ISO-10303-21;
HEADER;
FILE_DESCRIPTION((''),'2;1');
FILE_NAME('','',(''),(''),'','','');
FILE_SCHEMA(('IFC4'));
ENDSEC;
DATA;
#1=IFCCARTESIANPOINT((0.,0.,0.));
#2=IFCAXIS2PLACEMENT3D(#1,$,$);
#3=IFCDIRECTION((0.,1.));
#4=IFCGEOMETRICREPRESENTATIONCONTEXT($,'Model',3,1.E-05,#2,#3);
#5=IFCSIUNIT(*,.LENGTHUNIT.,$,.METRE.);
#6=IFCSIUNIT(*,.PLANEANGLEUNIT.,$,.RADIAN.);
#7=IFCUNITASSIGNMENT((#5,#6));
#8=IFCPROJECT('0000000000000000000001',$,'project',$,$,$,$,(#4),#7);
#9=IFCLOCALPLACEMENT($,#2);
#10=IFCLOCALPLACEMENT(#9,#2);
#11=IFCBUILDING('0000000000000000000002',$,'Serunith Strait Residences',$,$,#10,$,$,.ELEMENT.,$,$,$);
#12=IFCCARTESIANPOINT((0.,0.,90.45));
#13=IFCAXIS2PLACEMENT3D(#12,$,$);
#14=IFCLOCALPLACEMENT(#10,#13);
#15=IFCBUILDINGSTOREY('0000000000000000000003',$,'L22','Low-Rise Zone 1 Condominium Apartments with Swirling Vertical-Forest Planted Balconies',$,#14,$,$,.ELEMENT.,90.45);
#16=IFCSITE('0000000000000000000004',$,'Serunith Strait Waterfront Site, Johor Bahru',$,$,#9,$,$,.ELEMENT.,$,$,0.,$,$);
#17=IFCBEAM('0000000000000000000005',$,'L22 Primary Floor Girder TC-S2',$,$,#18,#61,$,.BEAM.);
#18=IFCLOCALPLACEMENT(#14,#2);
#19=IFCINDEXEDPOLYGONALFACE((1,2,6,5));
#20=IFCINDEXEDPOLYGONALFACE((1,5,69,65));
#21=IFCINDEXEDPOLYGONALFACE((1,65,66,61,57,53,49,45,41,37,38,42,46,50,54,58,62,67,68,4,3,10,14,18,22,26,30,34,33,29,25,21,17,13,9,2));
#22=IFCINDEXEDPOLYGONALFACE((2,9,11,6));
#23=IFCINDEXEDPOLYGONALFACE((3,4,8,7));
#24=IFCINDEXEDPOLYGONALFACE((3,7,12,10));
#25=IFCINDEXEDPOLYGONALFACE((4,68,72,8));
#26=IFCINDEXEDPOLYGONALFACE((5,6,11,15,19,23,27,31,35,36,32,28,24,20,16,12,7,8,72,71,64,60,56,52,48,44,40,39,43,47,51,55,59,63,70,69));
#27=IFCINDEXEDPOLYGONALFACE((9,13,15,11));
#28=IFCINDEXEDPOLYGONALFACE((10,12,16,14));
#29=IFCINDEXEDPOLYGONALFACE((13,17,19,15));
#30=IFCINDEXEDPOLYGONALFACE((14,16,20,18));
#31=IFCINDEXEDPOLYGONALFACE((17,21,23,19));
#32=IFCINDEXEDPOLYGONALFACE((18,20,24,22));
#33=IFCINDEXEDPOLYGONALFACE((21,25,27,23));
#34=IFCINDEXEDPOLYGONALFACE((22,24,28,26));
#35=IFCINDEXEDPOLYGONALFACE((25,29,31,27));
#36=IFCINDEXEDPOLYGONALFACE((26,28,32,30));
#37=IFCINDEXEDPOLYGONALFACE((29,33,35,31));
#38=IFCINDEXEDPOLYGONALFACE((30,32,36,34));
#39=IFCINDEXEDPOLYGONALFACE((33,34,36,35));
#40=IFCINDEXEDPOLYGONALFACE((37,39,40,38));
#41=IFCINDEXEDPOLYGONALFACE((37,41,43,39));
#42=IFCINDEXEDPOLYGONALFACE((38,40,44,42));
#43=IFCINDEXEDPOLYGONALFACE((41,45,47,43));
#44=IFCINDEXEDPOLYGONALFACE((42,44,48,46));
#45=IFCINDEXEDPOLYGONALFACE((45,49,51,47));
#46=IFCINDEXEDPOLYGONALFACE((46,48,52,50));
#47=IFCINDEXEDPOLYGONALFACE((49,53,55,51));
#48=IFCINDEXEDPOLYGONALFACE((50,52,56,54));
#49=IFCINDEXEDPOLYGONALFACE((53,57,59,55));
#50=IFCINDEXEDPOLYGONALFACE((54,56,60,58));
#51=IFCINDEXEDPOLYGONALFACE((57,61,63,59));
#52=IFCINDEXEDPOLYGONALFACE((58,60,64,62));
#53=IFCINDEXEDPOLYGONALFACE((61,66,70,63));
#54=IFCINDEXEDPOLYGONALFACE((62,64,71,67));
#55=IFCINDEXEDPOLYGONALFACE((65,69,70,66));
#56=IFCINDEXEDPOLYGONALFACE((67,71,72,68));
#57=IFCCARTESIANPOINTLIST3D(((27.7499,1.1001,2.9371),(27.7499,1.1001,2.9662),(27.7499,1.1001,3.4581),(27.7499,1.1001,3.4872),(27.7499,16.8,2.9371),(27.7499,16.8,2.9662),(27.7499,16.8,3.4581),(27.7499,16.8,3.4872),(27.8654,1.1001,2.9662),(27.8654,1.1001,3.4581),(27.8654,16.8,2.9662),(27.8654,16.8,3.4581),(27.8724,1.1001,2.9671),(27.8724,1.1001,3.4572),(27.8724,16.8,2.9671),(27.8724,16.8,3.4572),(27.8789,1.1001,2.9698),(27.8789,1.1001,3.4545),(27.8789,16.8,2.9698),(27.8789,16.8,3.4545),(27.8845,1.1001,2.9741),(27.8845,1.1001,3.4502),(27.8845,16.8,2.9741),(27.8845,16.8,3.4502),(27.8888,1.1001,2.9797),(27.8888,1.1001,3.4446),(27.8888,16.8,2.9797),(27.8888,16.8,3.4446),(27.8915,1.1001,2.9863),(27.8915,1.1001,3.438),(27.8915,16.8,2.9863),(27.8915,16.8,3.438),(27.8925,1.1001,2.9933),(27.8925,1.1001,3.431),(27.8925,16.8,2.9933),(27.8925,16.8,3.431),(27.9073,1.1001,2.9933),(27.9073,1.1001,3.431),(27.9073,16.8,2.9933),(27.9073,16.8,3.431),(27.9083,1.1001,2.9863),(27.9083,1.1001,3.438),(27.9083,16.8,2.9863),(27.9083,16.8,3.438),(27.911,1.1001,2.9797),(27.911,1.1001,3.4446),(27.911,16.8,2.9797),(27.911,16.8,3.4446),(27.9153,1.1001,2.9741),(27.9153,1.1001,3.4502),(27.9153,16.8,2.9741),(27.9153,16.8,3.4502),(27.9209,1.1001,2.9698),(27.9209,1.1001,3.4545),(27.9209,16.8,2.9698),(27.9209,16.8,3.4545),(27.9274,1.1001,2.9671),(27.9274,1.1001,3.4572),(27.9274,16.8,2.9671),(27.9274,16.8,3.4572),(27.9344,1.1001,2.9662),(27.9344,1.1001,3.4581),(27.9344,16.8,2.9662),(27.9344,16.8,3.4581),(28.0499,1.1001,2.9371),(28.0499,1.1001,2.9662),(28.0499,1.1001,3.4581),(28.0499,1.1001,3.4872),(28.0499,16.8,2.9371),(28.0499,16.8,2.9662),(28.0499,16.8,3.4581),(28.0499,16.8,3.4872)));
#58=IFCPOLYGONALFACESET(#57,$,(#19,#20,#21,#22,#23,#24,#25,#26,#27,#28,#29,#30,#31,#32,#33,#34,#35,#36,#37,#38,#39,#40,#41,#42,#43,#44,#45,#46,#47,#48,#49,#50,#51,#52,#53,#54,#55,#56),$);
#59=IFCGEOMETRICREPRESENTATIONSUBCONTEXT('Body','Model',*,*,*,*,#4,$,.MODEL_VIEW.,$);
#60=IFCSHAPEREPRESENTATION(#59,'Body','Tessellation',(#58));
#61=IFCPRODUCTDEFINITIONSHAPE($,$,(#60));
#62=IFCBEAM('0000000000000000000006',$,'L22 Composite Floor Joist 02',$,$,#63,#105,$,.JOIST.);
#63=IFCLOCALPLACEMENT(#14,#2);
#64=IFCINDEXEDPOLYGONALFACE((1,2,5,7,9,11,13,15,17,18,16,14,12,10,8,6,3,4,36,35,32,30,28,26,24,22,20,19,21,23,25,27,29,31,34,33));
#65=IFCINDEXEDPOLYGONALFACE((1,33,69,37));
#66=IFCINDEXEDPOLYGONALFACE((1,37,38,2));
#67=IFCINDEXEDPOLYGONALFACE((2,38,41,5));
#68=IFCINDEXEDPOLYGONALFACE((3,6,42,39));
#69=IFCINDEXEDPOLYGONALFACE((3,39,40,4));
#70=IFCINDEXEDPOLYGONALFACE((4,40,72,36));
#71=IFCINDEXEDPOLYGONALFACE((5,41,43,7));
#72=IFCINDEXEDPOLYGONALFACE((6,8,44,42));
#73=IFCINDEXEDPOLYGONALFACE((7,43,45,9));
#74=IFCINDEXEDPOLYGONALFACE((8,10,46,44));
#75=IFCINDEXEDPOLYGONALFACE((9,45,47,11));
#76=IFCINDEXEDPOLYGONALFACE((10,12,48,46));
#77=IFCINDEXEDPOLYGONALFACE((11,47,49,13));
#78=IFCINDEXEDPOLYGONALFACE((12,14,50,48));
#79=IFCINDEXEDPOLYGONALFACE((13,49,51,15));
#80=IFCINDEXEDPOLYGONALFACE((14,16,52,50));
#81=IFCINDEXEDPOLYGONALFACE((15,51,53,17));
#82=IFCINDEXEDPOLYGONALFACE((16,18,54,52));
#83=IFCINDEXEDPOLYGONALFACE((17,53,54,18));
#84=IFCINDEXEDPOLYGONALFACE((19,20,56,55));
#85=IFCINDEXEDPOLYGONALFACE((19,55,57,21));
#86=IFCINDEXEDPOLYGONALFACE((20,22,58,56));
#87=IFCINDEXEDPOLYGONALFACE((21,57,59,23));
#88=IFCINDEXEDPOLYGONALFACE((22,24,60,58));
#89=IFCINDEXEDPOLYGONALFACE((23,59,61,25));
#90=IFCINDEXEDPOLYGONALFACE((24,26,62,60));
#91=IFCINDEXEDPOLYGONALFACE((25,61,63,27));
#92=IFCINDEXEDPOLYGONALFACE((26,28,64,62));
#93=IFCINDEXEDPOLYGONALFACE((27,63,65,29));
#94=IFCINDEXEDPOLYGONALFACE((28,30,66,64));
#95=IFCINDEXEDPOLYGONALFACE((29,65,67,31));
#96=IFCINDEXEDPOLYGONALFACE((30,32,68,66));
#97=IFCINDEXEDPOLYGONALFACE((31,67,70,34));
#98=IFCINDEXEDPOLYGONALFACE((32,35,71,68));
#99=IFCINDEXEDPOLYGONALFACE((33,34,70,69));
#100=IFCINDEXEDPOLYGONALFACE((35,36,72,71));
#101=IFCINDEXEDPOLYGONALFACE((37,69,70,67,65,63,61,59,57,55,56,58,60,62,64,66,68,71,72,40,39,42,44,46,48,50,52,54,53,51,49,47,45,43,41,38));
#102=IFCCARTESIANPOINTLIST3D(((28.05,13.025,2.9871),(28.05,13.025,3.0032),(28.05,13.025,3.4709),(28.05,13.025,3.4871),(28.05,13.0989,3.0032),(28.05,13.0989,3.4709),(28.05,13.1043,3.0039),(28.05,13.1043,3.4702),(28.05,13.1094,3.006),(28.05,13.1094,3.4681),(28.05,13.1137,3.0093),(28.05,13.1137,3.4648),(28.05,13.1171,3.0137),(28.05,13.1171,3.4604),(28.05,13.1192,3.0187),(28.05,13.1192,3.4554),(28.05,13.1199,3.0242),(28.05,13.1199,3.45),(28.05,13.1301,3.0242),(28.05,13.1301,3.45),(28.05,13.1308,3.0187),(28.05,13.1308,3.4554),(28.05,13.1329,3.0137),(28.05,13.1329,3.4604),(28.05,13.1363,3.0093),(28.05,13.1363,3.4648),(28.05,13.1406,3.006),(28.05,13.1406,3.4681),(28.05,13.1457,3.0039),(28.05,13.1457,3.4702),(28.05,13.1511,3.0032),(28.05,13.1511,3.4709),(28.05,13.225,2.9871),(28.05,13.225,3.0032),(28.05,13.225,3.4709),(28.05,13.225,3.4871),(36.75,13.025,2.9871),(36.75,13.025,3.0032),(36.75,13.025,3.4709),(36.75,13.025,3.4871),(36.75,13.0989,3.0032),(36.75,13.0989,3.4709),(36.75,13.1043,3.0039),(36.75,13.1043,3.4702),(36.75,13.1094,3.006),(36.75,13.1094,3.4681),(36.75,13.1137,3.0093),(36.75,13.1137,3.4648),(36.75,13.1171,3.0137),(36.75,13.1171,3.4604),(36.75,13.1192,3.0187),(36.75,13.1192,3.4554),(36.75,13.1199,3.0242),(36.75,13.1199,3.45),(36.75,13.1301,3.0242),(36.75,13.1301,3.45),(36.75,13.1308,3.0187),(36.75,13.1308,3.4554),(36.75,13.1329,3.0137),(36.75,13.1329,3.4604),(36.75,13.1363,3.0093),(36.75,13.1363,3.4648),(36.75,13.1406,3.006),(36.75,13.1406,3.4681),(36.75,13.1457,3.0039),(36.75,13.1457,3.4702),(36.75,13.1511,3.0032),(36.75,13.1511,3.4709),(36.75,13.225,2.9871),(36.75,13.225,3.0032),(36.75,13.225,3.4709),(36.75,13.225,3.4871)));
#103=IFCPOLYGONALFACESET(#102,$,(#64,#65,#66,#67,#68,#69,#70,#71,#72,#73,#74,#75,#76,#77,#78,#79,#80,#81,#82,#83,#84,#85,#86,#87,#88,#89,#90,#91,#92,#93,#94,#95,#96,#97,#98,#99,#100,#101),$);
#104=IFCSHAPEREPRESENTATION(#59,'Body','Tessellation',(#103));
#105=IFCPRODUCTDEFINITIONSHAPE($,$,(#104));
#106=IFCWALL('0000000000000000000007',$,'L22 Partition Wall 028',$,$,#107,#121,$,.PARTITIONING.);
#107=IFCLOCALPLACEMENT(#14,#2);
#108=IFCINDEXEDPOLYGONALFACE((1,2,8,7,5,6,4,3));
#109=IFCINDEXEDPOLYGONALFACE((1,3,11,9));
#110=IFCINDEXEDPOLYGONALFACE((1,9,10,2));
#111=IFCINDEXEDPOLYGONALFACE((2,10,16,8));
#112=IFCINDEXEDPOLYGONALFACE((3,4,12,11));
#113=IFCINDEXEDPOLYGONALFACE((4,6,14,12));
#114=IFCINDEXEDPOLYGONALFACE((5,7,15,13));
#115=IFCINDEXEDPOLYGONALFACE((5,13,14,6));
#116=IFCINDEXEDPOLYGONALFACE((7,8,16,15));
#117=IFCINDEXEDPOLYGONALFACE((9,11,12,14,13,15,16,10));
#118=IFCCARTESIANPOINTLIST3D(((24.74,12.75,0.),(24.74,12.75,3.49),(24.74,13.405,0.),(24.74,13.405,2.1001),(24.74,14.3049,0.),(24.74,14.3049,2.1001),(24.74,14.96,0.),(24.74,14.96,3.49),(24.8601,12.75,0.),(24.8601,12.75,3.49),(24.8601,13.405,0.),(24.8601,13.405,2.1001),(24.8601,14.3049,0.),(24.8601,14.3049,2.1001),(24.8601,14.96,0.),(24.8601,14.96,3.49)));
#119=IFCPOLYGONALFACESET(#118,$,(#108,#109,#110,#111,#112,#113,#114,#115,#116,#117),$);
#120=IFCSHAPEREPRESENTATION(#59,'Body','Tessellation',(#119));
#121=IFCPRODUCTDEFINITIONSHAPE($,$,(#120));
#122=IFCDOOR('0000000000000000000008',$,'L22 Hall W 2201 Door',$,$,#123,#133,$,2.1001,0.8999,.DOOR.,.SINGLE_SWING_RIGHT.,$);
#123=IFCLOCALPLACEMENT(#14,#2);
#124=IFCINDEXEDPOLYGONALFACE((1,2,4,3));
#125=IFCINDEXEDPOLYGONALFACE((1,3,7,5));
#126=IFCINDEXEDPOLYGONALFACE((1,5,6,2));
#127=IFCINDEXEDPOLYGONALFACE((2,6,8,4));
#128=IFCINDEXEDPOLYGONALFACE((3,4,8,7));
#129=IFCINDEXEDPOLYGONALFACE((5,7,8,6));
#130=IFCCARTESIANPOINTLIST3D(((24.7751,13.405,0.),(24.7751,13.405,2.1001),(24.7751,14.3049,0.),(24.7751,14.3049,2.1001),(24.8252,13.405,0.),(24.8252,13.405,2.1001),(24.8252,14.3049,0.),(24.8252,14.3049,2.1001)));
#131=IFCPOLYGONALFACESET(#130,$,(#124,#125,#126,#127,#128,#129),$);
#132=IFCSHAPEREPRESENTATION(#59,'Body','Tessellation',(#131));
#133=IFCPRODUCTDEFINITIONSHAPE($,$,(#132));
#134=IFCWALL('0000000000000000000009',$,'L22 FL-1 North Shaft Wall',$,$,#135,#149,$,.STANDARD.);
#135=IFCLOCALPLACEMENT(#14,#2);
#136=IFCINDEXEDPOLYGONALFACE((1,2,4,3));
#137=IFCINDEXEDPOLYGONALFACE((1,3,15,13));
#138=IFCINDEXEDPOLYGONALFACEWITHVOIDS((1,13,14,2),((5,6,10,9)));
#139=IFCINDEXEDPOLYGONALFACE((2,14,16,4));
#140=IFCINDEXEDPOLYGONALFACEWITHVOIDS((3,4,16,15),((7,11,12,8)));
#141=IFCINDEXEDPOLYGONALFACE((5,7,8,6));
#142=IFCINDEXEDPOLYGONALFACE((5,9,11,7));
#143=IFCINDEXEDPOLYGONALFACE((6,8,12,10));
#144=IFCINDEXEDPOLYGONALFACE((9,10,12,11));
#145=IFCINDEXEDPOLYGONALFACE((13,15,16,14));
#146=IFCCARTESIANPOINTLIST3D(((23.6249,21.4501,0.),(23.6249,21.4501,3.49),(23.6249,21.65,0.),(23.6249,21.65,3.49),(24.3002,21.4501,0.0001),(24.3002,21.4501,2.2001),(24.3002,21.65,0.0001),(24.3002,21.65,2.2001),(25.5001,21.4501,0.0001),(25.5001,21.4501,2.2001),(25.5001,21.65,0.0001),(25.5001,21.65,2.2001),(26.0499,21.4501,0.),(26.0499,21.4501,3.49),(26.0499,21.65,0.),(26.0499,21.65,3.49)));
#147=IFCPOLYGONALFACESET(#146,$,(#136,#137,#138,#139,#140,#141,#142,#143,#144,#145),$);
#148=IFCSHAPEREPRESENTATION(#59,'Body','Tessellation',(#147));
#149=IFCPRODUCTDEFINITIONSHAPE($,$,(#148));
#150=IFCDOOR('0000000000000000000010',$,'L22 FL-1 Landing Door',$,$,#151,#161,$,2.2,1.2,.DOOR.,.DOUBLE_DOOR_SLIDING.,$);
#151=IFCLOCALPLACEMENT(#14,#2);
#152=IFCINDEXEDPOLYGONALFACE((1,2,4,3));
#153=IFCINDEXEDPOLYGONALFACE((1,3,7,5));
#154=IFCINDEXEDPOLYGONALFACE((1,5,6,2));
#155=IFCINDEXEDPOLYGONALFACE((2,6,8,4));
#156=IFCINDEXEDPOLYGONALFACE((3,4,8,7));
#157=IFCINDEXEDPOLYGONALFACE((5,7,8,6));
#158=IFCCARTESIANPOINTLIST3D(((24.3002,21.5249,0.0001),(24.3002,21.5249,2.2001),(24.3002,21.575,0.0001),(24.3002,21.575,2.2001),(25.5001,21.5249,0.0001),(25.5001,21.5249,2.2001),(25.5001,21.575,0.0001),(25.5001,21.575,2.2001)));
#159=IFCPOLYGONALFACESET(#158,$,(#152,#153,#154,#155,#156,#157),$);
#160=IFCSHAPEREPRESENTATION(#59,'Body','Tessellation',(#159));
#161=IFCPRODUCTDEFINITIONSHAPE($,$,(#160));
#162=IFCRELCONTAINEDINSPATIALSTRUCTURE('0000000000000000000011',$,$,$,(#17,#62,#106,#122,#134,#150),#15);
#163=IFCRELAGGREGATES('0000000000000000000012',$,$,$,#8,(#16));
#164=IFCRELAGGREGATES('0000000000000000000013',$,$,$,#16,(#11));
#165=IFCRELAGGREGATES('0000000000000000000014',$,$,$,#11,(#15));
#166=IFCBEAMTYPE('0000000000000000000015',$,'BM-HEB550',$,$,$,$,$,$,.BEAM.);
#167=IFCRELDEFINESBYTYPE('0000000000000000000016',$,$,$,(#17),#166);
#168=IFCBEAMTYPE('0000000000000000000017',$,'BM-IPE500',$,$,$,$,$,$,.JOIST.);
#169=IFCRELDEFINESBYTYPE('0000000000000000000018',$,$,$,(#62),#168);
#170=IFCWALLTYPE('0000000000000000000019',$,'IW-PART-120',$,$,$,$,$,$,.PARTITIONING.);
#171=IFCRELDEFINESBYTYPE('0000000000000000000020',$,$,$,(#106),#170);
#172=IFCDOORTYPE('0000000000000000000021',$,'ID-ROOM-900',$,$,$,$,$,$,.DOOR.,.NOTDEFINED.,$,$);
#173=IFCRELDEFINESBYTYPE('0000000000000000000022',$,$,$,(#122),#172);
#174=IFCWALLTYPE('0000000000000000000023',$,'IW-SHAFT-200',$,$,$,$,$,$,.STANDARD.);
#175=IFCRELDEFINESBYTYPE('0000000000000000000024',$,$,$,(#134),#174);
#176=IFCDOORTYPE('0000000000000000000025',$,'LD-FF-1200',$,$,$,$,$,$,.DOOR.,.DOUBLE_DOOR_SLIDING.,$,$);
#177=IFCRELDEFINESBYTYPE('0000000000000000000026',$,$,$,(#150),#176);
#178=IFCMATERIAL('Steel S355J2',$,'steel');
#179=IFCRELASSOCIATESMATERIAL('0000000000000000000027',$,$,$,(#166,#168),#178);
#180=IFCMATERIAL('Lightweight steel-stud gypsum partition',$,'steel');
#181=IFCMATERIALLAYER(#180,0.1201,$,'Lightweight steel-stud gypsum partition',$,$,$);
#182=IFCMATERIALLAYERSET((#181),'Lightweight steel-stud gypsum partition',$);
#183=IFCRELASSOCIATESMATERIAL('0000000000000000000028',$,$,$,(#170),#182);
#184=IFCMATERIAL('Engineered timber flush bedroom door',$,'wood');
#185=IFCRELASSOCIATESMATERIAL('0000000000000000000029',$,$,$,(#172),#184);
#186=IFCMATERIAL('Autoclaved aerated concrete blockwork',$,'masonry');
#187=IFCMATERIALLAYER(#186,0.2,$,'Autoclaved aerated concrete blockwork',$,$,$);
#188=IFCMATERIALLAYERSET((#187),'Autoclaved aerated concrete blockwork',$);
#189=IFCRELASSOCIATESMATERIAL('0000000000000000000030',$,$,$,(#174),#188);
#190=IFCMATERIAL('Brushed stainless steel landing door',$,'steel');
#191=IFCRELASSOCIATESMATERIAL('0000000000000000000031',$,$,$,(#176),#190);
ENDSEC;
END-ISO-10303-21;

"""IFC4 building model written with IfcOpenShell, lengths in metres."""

from ifc_helpers import new_model, si_unit, direction, frame, frame_2d, origin, origin_2d, place, context, subcontext, project, spatial, rectangle, i_section, extrude, source, transform, mapped, material, layer, layer_set, material_profile, profile_set, type_object, element, fill, save


model = new_model("IFC4")

# Units and contexts
model_context = context("Model", 3, precision=1e-05, world=origin(), true_north=direction((0.0, 1.0)))
body_context = subcontext(model_context, "Body", "Model", "MODEL_VIEW")
ifc_project = project(units=[si_unit("LENGTHUNIT", "METRE"), si_unit("PLANEANGLEUNIT", "RADIAN")], contexts=[model_context])

# Site, building, storey
site_placement = place(None, origin())
site = spatial("IfcSite", under=ifc_project, at=site_placement, Name="Serunith Strait Waterfront Site, Johor Bahru", CompositionType="ELEMENT", RefElevation=0.0)
building_placement = place(site_placement, origin())
building = spatial("IfcBuilding", under=site, at=building_placement, Name="Serunith Strait Residences", CompositionType="ELEMENT")
storey_placement = place(building_placement, frame((0.0, 0.0, 90.45)))
storey = spatial("IfcBuildingStorey", under=building, at=storey_placement, Name="L22", Description="Low-Rise Zone 1 Condominium Apartments with Swirling Vertical-Forest Planted Balconies", CompositionType="ELEMENT", Elevation=90.45)

# Beams
ifc_material_1 = material(Name="Steel S355J2", Category="steel")
ifc_material_profile_1 = material_profile(ifc_material_1, i_section(OverallWidth=0.3, OverallDepth=0.55, WebThickness=0.0149, FlangeThickness=0.0291, FilletRadius=0.0271, at=origin_2d()), Name="HEB 550")
ifc_profile_set_1 = profile_set([ifc_material_profile_1], Name="Steel S355J2")
beam_type_1 = type_object("IfcBeamType", Name="BM-HEB550", PredefinedType="BEAM", material=ifc_profile_set_1)
shared_shape_1 = source(origin(), body_context, "Body", "SweptSolid", [
    extrude(i_section(OverallWidth=0.3, OverallDepth=0.55, WebThickness=0.0149, FlangeThickness=0.0291, FilletRadius=0.0271, at=origin_2d()), origin(), (0.0, 0.0, 1.0), 15.7),
])
beam_1_placement = place(storey_placement, frame((27.8999, 16.8, 3.2122), z_axis=(0.0, -1.0, 0.0), x_axis=(1.0, 0.0, 0.0)))
element("IfcBeam", 1, at=beam_1_placement, inside=storey, type_object=beam_type_1, Name="L22 Primary Floor Girder TC-S2", PredefinedType="BEAM", context=body_context, shape_type="MappedRepresentation", body=[
    mapped(shared_shape_1, transform((0.0, 0.0, 0.0), scale=1.0)),
])
ifc_material_profile_2 = material_profile(ifc_material_1, i_section(OverallWidth=0.2, OverallDepth=0.5, WebThickness=0.0103, FlangeThickness=0.0161, FilletRadius=0.021, at=origin_2d()), Name="IPE 500")
ifc_profile_set_2 = profile_set([ifc_material_profile_2], Name="Steel S355J2")
beam_type_2 = type_object("IfcBeamType", Name="BM-IPE500", PredefinedType="JOIST", material=ifc_profile_set_2)
shared_shape_2 = source(origin(), body_context, "Body", "SweptSolid", [
    extrude(i_section(OverallWidth=0.2, OverallDepth=0.5, WebThickness=0.0103, FlangeThickness=0.0161, FilletRadius=0.021, at=origin_2d()), origin(), (0.0, 0.0, 1.0), 8.7),
])
beam_2_placement = place(storey_placement, frame((28.05, 13.125, 3.2371), z_axis=(1.0, 0.0, 0.0), x_axis=(0.0, 1.0, 0.0)))
element("IfcBeam", 2, at=beam_2_placement, inside=storey, type_object=beam_type_2, Name="L22 Composite Floor Joist 02", PredefinedType="JOIST", context=body_context, shape_type="MappedRepresentation", body=[
    mapped(shared_shape_2, transform((0.0, 0.0, 0.0), scale=1.0)),
])

# Walls, openings, doors
ifc_material_2 = material(Name="Lightweight steel-stud gypsum partition", Category="steel")
ifc_layer_1 = layer(ifc_material_2, 0.1201, Name="Lightweight steel-stud gypsum partition")
ifc_layer_set_1 = layer_set([ifc_layer_1], Name="Lightweight steel-stud gypsum partition")
wall_type_1 = type_object("IfcWallType", Name="IW-PART-120", PredefinedType="PARTITIONING", material=ifc_layer_set_1)
wall_1_placement = place(storey_placement, frame((24.8, 12.75, 0.0), z_axis=(0.0, 0.0, 1.0), x_axis=(0.0, 1.0, 0.0)))
wall_1 = element("IfcWall", 3, at=wall_1_placement, inside=storey, type_object=wall_type_1, Name="L22 Partition Wall 028", PredefinedType="PARTITIONING", context=body_context, shape_type="SweptSolid", body=[
    extrude(rectangle(XDim=2.21, YDim=0.1201, at=frame_2d((1.105, 0.0))), origin(), (0.0, 0.0, 1.0), 3.49),
])
opening_1_placement = place(wall_1_placement, frame((0.655, 0.0, 0.0)))
opening_1 = element("IfcOpeningElement", 4, at=opening_1_placement, cuts=wall_1, PredefinedType="OPENING", context=body_context, shape_type="SweptSolid", body=[
    extrude(rectangle(XDim=0.8999, YDim=2.1001, at=frame_2d((0.45, 1.05))), frame((0.0, 0.0701, 0.0), z_axis=(0.0, -1.0, 0.0), x_axis=(1.0, 0.0, 0.0)), (0.0, 0.0, 1.0), 0.1401),
])
ifc_material_3 = material(Name="Engineered timber flush bedroom door", Category="wood")
door_type_1 = type_object("IfcDoorType", Name="ID-ROOM-900", OperationType="NOTDEFINED", PredefinedType="DOOR", material=ifc_material_3)
shared_shape_3 = source(origin(), body_context, "Body", "SweptSolid", [
    extrude(rectangle(XDim=0.8999, YDim=2.1001, at=frame_2d((0.45, 1.05))), frame((0.0, 0.0249, 0.0), z_axis=(0.0, -1.0, 0.0), x_axis=(1.0, 0.0, 0.0)), (0.0, 0.0, 1.0), 0.05),
])
door_1_placement = place(opening_1_placement, origin())
door_1 = element("IfcDoor", 5, at=door_1_placement, inside=storey, type_object=door_type_1, Name="L22 Hall W 2201 Door", OperationType="SINGLE_SWING_RIGHT", OverallHeight=2.1001, OverallWidth=0.8999, PredefinedType="DOOR", context=body_context, shape_type="MappedRepresentation", body=[
    mapped(shared_shape_3, transform((0.0, 0.0, 0.0), scale=1.0)),
])
fill(opening_1, door_1)
ifc_material_4 = material(Name="Autoclaved aerated concrete blockwork", Category="masonry")
ifc_layer_2 = layer(ifc_material_4, 0.2, Name="Autoclaved aerated concrete blockwork")
ifc_layer_set_2 = layer_set([ifc_layer_2], Name="Autoclaved aerated concrete blockwork")
wall_type_2 = type_object("IfcWallType", Name="IW-SHAFT-200", PredefinedType="STANDARD", material=ifc_layer_set_2)
wall_2_placement = place(storey_placement, frame((23.625, 21.55, 0.0), z_axis=(0.0, 0.0, 1.0), x_axis=(1.0, 0.0, 0.0)))
wall_2 = element("IfcWall", 6, at=wall_2_placement, inside=storey, type_object=wall_type_2, Name="L22 FL-1 North Shaft Wall", PredefinedType="STANDARD", context=body_context, shape_type="SweptSolid", body=[
    extrude(rectangle(XDim=2.425, YDim=0.2, at=frame_2d((1.2124, 0.0))), origin(), (0.0, 0.0, 1.0), 3.49),
])
opening_2_placement = place(wall_2_placement, frame((0.675, 0.0, 0.0)))
opening_2 = element("IfcOpeningElement", 7, at=opening_2_placement, cuts=wall_2, PredefinedType="OPENING", context=body_context, shape_type="SweptSolid", body=[
    extrude(rectangle(XDim=1.2, YDim=2.2, at=frame_2d((0.6001, 1.1001))), frame((0.0, 0.1099, 0.0), z_axis=(0.0, -1.0, 0.0), x_axis=(1.0, 0.0, 0.0)), (0.0, 0.0, 1.0), 0.22),
])
ifc_material_5 = material(Name="Brushed stainless steel landing door", Category="steel")
door_type_2 = type_object("IfcDoorType", Name="LD-FF-1200", OperationType="DOUBLE_DOOR_SLIDING", PredefinedType="DOOR", material=ifc_material_5)
shared_shape_4 = source(origin(), body_context, "Body", "SweptSolid", [
    extrude(rectangle(XDim=1.2, YDim=2.2, at=frame_2d((0.6001, 1.1001))), frame((0.0, 0.0249, 0.0), z_axis=(0.0, -1.0, 0.0), x_axis=(1.0, 0.0, 0.0)), (0.0, 0.0, 1.0), 0.05),
])
door_2_placement = place(opening_2_placement, origin())
door_2 = element("IfcDoor", 8, at=door_2_placement, inside=storey, type_object=door_type_2, Name="L22 FL-1 Landing Door", OperationType="DOUBLE_DOOR_SLIDING", OverallHeight=2.2, OverallWidth=1.2, PredefinedType="DOOR", context=body_context, shape_type="MappedRepresentation", body=[
    mapped(shared_shape_4, transform((0.0, 0.0, 0.0), scale=1.0)),
])
fill(opening_2, door_2)

save(model, "model.ifc")
